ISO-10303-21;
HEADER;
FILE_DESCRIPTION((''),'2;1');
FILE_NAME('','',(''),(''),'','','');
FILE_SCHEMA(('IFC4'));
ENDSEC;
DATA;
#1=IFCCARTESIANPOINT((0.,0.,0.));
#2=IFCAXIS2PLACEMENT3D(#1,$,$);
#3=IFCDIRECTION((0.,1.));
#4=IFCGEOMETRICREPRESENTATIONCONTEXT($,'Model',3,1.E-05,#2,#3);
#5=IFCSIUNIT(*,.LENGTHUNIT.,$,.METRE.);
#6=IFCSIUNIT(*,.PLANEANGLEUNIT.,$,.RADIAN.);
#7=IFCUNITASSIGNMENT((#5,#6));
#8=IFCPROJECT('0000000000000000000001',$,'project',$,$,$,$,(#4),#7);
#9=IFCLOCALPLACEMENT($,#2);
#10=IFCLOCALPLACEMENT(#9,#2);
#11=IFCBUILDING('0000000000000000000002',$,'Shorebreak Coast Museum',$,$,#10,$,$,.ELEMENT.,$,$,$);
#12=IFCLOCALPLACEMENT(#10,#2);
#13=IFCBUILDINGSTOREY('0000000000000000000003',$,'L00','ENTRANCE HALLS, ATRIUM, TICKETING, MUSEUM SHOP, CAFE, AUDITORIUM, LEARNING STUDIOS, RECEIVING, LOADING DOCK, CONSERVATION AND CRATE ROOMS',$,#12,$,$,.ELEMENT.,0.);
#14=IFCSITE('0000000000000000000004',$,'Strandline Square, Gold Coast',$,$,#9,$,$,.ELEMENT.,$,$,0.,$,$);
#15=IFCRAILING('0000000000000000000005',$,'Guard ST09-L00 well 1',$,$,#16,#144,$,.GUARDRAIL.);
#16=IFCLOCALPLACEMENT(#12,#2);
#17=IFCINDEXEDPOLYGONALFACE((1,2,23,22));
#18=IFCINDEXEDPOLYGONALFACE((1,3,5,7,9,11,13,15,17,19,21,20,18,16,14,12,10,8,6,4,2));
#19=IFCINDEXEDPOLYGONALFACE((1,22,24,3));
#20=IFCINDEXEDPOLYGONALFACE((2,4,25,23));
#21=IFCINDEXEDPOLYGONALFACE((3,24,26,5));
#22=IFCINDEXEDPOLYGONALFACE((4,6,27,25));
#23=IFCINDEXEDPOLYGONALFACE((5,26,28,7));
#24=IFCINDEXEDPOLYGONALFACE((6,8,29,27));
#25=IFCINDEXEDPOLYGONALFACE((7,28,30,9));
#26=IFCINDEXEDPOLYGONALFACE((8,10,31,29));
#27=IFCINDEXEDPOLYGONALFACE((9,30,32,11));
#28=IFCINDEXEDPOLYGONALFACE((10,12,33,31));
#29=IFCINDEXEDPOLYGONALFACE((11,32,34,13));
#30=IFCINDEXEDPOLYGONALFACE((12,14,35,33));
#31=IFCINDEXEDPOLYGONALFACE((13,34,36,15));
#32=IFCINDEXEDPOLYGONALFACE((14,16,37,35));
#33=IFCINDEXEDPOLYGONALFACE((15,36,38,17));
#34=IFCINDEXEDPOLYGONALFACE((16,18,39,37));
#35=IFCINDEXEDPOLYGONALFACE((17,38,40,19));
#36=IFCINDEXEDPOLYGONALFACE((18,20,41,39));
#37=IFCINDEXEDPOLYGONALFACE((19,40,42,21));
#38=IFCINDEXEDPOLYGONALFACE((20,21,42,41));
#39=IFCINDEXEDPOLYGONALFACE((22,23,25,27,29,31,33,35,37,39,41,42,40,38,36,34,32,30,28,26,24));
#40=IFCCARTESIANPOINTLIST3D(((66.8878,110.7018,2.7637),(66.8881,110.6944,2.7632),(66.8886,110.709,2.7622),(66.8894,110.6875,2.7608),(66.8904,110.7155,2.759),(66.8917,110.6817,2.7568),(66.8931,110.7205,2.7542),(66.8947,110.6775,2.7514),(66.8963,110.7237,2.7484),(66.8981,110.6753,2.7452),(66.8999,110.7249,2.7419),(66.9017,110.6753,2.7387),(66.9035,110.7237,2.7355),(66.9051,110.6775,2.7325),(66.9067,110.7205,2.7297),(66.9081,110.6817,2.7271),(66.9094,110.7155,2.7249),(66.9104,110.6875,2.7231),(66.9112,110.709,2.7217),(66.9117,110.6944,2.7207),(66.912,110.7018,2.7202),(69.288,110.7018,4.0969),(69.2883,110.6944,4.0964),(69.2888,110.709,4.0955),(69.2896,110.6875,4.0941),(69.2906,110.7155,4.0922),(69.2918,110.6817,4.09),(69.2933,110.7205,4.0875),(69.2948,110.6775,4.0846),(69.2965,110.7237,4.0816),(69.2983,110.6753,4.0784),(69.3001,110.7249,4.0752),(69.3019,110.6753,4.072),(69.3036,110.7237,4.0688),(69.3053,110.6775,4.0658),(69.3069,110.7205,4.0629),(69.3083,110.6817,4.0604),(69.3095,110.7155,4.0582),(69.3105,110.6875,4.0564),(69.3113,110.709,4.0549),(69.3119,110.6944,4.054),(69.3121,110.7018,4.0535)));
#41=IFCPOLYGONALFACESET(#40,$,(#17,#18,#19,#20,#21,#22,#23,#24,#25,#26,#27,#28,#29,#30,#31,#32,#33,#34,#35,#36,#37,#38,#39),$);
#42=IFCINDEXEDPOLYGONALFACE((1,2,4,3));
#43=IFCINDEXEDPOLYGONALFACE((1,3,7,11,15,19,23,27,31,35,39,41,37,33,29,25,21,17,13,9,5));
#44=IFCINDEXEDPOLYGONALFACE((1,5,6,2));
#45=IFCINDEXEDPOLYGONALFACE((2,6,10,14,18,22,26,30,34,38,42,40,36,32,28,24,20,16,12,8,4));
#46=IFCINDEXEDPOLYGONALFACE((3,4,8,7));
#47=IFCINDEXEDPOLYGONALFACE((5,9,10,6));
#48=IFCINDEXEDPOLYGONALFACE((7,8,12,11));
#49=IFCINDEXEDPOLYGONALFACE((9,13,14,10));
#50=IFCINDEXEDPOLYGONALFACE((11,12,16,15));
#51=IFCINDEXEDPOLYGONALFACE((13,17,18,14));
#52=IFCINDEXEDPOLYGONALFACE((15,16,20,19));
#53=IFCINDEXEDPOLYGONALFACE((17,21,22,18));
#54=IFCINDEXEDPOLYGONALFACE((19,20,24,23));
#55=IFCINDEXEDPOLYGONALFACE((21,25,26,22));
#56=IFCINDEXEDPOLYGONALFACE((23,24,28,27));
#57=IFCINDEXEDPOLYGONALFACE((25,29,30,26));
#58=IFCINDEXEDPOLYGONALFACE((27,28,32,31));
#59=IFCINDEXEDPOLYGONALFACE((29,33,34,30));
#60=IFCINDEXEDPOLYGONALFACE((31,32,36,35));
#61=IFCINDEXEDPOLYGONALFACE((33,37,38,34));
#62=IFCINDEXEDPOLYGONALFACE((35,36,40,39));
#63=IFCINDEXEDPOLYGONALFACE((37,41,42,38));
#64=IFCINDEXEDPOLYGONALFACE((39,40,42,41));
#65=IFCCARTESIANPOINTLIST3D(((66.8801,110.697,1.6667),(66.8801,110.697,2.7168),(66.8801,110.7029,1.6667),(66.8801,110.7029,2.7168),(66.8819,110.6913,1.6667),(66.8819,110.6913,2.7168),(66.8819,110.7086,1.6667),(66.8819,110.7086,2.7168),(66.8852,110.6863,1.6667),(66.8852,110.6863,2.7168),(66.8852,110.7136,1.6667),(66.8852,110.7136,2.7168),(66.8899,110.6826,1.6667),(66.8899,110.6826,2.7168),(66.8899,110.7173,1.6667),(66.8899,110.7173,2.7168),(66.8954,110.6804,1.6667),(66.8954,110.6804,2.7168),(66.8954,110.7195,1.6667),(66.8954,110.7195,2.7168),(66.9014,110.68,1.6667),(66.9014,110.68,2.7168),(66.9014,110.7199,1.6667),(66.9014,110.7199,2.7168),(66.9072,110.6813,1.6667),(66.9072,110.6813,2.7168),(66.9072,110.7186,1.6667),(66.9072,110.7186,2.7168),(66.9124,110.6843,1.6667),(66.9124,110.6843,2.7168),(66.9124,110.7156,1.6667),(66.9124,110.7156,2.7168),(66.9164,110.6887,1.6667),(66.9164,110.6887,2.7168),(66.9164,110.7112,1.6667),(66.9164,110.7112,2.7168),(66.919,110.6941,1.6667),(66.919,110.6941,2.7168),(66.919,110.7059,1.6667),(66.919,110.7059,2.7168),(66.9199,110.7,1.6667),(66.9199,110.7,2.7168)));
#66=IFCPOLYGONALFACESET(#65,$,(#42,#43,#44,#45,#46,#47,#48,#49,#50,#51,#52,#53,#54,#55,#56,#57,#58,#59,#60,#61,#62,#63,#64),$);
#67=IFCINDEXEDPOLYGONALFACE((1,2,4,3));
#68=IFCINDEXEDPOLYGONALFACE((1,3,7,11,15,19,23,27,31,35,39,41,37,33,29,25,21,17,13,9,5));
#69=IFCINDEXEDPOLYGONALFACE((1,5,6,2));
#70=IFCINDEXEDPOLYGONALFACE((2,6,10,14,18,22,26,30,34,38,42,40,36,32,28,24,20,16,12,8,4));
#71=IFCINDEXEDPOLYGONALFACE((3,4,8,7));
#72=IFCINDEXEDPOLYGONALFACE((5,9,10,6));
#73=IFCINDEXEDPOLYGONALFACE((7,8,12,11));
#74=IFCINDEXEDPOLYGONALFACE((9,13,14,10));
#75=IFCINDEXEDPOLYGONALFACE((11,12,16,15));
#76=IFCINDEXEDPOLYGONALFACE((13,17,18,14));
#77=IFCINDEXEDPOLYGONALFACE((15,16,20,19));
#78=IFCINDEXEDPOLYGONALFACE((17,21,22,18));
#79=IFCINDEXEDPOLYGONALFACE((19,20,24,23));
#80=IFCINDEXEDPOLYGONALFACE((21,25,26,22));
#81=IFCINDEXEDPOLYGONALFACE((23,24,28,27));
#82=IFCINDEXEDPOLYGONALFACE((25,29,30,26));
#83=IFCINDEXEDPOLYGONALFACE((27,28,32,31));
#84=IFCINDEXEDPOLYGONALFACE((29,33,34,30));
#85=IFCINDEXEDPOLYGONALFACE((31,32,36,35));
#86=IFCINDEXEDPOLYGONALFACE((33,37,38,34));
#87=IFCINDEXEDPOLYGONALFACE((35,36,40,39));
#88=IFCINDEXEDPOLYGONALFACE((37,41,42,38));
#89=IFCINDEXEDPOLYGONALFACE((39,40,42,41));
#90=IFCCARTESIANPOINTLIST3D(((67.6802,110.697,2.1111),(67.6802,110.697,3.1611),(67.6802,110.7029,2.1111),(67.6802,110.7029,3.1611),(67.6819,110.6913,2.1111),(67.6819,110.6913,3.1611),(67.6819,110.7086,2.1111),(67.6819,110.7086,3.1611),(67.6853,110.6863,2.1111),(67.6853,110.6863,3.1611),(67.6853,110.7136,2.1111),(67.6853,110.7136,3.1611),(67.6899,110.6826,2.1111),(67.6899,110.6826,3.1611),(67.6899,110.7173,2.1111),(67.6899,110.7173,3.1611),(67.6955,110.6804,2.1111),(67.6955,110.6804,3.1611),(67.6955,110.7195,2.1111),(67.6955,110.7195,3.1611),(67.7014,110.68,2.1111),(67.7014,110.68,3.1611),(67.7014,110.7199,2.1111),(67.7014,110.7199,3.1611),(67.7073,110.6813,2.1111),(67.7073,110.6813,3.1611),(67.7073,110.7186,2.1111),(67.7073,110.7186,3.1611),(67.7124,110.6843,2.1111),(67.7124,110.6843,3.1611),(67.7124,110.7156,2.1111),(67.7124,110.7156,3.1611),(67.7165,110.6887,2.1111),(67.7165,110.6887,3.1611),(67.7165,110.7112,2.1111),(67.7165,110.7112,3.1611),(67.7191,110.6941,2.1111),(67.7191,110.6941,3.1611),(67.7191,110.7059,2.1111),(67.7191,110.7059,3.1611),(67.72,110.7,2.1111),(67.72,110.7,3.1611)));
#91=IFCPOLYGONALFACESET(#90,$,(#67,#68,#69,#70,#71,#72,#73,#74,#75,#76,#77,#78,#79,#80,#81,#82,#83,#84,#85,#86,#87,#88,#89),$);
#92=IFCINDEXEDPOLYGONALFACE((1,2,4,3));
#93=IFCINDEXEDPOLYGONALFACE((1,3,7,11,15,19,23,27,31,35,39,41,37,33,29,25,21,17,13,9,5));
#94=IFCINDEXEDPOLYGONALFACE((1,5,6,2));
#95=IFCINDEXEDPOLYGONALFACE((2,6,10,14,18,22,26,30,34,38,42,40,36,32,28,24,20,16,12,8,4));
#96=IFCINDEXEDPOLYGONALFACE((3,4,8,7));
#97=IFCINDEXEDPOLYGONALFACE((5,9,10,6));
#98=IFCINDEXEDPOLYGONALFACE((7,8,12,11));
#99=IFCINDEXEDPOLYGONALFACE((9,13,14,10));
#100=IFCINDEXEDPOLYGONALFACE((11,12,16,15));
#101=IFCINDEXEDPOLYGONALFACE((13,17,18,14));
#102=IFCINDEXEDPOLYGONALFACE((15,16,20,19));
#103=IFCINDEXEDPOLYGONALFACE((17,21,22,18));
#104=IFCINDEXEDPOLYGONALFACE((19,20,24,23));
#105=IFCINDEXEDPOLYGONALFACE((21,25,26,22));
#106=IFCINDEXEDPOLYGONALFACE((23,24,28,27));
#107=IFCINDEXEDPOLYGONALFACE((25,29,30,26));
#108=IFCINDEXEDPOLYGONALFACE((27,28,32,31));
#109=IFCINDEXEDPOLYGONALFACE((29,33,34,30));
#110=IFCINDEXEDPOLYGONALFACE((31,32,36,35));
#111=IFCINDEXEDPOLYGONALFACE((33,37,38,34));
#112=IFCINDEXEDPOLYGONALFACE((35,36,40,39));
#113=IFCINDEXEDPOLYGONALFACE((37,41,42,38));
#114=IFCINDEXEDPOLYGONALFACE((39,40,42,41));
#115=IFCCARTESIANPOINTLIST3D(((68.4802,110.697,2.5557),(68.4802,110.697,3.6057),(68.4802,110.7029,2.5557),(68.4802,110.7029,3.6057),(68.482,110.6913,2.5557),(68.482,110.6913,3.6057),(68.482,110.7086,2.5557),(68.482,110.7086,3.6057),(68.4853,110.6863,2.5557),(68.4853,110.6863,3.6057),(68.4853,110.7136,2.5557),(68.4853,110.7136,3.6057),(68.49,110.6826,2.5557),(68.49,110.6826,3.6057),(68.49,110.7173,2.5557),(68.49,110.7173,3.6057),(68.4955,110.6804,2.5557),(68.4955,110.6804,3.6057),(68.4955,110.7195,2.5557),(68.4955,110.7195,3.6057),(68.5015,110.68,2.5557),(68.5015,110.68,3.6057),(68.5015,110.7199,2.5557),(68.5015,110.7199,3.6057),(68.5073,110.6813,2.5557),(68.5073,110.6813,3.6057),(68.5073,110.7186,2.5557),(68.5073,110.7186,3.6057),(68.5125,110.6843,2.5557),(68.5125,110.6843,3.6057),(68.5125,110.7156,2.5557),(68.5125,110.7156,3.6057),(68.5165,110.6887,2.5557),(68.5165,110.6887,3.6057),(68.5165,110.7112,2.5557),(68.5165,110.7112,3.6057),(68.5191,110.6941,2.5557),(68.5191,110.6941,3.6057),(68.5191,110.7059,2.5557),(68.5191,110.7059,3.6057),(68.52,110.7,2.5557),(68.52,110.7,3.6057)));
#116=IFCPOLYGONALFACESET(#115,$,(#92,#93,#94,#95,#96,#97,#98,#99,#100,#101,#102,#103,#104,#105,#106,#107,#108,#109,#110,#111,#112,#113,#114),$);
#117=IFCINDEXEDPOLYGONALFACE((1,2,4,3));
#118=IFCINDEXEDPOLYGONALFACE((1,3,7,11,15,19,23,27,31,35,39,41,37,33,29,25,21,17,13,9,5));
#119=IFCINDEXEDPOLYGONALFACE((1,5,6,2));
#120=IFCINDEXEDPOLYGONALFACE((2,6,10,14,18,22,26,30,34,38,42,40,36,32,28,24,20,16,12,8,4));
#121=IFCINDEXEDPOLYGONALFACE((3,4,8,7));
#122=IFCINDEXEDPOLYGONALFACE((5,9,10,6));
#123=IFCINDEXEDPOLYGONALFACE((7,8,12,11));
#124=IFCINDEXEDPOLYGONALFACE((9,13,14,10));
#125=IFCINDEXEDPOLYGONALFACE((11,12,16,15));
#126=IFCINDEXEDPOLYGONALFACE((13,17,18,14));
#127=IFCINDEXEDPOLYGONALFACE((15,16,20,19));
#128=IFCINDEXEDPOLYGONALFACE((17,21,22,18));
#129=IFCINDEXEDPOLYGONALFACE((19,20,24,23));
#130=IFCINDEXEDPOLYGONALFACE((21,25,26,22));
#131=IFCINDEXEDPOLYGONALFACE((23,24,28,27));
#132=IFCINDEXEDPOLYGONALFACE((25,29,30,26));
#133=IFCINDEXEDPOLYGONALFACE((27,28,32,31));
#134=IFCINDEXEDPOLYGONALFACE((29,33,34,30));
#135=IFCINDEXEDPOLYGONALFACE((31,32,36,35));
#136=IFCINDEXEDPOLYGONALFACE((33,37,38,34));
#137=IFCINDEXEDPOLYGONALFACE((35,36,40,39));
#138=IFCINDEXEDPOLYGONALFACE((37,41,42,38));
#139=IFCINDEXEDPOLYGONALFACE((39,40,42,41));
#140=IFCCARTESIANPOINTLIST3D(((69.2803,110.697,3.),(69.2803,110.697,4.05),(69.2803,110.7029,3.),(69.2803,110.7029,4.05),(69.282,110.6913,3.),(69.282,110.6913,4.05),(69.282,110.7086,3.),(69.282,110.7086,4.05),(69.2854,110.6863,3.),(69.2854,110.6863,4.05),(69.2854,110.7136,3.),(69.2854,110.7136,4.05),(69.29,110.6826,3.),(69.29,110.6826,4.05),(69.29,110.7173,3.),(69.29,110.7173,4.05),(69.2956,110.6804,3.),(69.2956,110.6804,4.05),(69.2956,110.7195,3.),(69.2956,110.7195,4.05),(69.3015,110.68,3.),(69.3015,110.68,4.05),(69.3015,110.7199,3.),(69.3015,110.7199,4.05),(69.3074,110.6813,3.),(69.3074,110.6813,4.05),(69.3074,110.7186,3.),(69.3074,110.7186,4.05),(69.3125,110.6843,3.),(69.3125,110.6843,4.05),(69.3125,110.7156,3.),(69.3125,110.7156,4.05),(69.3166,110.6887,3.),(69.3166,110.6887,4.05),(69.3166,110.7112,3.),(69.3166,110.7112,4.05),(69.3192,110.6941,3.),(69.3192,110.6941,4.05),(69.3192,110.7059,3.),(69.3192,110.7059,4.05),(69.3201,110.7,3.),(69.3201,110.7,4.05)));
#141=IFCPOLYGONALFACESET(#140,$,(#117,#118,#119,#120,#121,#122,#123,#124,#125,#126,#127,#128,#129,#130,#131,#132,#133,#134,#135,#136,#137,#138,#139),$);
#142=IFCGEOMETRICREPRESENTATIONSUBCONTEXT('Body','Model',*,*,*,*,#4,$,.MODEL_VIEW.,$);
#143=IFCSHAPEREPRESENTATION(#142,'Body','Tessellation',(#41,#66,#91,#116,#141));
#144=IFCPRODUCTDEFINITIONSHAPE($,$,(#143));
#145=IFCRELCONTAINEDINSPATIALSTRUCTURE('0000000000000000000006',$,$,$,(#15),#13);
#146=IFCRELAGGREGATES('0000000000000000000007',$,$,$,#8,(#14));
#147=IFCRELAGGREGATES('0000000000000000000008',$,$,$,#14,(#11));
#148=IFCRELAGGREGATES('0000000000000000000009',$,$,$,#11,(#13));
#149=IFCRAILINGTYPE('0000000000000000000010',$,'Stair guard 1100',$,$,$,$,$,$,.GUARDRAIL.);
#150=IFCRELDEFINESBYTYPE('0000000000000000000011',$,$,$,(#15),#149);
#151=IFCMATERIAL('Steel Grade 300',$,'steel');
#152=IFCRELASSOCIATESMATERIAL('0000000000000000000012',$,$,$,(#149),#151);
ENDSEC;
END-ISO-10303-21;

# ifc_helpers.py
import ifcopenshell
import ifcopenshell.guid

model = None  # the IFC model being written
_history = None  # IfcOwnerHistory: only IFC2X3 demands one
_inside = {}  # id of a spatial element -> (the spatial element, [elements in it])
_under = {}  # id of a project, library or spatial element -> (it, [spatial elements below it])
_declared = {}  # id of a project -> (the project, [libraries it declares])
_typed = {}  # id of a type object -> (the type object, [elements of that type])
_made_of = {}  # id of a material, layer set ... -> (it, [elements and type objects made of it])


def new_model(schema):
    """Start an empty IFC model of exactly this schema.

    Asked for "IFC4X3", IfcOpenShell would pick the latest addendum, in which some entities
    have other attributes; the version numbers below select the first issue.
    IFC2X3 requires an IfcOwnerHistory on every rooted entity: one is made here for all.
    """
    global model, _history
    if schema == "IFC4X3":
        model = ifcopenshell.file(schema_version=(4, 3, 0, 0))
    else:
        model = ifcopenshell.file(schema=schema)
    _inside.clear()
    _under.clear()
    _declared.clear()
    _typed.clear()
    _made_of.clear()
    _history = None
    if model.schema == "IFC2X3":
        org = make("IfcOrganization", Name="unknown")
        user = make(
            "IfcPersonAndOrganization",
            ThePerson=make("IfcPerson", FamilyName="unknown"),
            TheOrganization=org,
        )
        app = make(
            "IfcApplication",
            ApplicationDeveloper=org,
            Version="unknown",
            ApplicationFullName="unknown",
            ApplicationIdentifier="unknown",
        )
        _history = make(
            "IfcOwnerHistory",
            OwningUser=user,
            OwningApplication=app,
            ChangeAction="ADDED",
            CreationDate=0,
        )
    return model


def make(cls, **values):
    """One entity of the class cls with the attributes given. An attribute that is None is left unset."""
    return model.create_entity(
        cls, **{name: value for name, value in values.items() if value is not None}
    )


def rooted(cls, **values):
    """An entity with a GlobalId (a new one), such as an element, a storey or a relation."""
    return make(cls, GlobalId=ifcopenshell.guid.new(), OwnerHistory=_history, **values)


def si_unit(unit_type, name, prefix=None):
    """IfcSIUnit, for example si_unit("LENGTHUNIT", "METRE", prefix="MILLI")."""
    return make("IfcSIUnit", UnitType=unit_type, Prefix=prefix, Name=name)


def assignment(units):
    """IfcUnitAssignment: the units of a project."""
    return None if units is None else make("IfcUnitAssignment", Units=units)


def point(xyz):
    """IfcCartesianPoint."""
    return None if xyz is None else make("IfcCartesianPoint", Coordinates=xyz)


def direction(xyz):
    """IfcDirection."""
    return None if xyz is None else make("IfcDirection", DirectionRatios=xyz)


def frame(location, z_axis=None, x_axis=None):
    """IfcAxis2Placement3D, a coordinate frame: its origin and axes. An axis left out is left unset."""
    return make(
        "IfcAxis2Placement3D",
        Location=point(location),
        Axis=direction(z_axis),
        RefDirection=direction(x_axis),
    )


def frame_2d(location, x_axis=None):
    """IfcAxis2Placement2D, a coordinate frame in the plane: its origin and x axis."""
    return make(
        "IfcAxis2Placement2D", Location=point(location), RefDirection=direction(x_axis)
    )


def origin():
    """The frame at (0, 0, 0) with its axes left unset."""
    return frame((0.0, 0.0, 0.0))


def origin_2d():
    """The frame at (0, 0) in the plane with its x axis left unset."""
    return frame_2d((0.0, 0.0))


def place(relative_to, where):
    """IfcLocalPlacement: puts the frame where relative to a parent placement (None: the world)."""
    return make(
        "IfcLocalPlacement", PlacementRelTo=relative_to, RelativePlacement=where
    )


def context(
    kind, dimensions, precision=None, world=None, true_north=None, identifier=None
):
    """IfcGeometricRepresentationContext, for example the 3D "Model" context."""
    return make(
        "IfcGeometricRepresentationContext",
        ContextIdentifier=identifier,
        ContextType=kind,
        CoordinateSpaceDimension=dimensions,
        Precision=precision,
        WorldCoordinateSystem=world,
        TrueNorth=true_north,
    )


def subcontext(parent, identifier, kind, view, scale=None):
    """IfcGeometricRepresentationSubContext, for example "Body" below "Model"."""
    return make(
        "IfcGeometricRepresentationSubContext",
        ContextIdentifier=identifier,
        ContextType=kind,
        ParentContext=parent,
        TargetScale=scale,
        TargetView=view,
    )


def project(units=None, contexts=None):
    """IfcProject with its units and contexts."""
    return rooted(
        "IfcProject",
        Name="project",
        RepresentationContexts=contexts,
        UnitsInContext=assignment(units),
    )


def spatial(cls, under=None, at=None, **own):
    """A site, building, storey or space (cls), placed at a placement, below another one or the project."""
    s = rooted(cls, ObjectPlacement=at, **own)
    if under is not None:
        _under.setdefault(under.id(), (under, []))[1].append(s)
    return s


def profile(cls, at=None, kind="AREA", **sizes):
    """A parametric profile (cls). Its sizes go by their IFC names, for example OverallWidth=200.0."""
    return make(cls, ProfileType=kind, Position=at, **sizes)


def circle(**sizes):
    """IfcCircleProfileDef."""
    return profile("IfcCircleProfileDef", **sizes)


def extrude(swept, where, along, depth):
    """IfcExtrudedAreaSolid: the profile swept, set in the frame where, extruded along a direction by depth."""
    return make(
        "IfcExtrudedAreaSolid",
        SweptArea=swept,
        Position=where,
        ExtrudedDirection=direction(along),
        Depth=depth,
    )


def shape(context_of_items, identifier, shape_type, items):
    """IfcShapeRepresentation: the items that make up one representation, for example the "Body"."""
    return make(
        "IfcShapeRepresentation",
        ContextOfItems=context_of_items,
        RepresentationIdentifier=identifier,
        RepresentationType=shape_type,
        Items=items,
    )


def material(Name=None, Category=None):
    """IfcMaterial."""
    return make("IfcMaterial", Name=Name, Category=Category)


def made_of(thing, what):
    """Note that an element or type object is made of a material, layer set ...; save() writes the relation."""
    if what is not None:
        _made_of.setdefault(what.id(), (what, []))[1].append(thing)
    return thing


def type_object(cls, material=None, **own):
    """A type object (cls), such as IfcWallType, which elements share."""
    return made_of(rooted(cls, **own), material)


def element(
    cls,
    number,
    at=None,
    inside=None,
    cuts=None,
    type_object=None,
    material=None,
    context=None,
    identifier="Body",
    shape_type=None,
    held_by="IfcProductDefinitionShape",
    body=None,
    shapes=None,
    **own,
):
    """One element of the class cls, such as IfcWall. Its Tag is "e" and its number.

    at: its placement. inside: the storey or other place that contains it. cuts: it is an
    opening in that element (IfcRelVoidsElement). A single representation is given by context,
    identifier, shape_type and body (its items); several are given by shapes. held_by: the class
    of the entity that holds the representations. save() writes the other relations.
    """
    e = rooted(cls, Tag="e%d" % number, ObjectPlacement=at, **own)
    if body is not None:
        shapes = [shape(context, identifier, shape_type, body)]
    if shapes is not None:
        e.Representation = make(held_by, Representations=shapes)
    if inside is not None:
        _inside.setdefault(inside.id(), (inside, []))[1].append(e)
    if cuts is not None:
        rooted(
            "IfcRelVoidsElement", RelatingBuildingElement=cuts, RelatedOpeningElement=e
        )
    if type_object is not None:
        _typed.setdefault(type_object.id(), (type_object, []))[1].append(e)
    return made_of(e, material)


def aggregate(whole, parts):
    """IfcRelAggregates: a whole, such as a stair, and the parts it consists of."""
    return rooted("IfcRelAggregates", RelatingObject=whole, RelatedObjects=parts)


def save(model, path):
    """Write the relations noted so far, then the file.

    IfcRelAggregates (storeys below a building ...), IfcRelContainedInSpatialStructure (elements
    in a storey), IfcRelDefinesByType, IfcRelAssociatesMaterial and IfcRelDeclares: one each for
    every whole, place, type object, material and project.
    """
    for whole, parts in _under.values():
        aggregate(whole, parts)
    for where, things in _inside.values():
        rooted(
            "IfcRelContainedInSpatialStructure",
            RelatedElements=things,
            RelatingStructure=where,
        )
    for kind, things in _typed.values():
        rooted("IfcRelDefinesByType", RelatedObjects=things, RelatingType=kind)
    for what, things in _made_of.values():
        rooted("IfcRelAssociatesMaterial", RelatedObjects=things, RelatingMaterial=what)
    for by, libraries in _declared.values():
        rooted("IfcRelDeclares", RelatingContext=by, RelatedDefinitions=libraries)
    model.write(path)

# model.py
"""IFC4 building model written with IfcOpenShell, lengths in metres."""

from ifc_helpers import new_model, si_unit, direction, frame, origin, origin_2d, place, context, subcontext, project, spatial, circle, extrude, material, type_object, element, save


model = new_model("IFC4")

# Units and contexts
model_context = context("Model", 3, precision=1e-05, world=origin(), true_north=direction((0.0, 1.0)))
body_context = subcontext(model_context, "Body", "Model", "MODEL_VIEW")
ifc_project = project(units=[si_unit("LENGTHUNIT", "METRE"), si_unit("PLANEANGLEUNIT", "RADIAN")], contexts=[model_context])

# Site, building, storey
site_placement = place(None, origin())
site = spatial("IfcSite", under=ifc_project, at=site_placement, Name="Strandline Square, Gold Coast", CompositionType="ELEMENT", RefElevation=0.0)
building_placement = place(site_placement, origin())
building = spatial("IfcBuilding", under=site, at=building_placement, Name="Shorebreak Coast Museum", CompositionType="ELEMENT")
storey_placement = place(building_placement, origin())
storey = spatial("IfcBuildingStorey", under=building, at=storey_placement, Name="L00", Description="ENTRANCE HALLS, ATRIUM, TICKETING, MUSEUM SHOP, CAFE, AUDITORIUM, LEARNING STUDIOS, RECEIVING, LOADING DOCK, CONSERVATION AND CRATE ROOMS", CompositionType="ELEMENT", Elevation=0.0)

# Railing
ifc_material_1 = material(Name="Steel Grade 300", Category="steel")
railing_type_1 = type_object("IfcRailingType", Name="Stair guard 1100", PredefinedType="GUARDRAIL", material=ifc_material_1)
for number, where, name in (
    (1, (66.8999, 110.7, 1.6667), "Guard ST09-L00 well 1"),
):
    element("IfcRailing", number, at=place(storey_placement, frame(where)), inside=storey, type_object=railing_type_1, Name=name, PredefinedType="GUARDRAIL", context=body_context, shape_type="SweptSolid", body=[
        extrude(circle(Radius=0.0249, at=origin_2d()), frame((0.0, 0.0, 1.0752), z_axis=(0.874182, 0.0, 0.485598), x_axis=(0.0, 1.0, 0.0)), (0.0, 0.0, 1.0), 2.7456),
        extrude(circle(Radius=0.02, at=origin_2d()), origin(), (0.0, 0.0, 1.0), 1.05),
        extrude(circle(Radius=0.02, at=origin_2d()), frame((0.8, 0.0, 0.4443)), (0.0, 0.0, 1.0), 1.05),
        extrude(circle(Radius=0.02, at=origin_2d()), frame((1.6001, 0.0, 0.8889)), (0.0, 0.0, 1.0), 1.05),
        extrude(circle(Radius=0.02, at=origin_2d()), frame((2.4001, 0.0, 1.3333)), (0.0, 0.0, 1.0), 1.05),
    ])

save(model, "model.ifc")
